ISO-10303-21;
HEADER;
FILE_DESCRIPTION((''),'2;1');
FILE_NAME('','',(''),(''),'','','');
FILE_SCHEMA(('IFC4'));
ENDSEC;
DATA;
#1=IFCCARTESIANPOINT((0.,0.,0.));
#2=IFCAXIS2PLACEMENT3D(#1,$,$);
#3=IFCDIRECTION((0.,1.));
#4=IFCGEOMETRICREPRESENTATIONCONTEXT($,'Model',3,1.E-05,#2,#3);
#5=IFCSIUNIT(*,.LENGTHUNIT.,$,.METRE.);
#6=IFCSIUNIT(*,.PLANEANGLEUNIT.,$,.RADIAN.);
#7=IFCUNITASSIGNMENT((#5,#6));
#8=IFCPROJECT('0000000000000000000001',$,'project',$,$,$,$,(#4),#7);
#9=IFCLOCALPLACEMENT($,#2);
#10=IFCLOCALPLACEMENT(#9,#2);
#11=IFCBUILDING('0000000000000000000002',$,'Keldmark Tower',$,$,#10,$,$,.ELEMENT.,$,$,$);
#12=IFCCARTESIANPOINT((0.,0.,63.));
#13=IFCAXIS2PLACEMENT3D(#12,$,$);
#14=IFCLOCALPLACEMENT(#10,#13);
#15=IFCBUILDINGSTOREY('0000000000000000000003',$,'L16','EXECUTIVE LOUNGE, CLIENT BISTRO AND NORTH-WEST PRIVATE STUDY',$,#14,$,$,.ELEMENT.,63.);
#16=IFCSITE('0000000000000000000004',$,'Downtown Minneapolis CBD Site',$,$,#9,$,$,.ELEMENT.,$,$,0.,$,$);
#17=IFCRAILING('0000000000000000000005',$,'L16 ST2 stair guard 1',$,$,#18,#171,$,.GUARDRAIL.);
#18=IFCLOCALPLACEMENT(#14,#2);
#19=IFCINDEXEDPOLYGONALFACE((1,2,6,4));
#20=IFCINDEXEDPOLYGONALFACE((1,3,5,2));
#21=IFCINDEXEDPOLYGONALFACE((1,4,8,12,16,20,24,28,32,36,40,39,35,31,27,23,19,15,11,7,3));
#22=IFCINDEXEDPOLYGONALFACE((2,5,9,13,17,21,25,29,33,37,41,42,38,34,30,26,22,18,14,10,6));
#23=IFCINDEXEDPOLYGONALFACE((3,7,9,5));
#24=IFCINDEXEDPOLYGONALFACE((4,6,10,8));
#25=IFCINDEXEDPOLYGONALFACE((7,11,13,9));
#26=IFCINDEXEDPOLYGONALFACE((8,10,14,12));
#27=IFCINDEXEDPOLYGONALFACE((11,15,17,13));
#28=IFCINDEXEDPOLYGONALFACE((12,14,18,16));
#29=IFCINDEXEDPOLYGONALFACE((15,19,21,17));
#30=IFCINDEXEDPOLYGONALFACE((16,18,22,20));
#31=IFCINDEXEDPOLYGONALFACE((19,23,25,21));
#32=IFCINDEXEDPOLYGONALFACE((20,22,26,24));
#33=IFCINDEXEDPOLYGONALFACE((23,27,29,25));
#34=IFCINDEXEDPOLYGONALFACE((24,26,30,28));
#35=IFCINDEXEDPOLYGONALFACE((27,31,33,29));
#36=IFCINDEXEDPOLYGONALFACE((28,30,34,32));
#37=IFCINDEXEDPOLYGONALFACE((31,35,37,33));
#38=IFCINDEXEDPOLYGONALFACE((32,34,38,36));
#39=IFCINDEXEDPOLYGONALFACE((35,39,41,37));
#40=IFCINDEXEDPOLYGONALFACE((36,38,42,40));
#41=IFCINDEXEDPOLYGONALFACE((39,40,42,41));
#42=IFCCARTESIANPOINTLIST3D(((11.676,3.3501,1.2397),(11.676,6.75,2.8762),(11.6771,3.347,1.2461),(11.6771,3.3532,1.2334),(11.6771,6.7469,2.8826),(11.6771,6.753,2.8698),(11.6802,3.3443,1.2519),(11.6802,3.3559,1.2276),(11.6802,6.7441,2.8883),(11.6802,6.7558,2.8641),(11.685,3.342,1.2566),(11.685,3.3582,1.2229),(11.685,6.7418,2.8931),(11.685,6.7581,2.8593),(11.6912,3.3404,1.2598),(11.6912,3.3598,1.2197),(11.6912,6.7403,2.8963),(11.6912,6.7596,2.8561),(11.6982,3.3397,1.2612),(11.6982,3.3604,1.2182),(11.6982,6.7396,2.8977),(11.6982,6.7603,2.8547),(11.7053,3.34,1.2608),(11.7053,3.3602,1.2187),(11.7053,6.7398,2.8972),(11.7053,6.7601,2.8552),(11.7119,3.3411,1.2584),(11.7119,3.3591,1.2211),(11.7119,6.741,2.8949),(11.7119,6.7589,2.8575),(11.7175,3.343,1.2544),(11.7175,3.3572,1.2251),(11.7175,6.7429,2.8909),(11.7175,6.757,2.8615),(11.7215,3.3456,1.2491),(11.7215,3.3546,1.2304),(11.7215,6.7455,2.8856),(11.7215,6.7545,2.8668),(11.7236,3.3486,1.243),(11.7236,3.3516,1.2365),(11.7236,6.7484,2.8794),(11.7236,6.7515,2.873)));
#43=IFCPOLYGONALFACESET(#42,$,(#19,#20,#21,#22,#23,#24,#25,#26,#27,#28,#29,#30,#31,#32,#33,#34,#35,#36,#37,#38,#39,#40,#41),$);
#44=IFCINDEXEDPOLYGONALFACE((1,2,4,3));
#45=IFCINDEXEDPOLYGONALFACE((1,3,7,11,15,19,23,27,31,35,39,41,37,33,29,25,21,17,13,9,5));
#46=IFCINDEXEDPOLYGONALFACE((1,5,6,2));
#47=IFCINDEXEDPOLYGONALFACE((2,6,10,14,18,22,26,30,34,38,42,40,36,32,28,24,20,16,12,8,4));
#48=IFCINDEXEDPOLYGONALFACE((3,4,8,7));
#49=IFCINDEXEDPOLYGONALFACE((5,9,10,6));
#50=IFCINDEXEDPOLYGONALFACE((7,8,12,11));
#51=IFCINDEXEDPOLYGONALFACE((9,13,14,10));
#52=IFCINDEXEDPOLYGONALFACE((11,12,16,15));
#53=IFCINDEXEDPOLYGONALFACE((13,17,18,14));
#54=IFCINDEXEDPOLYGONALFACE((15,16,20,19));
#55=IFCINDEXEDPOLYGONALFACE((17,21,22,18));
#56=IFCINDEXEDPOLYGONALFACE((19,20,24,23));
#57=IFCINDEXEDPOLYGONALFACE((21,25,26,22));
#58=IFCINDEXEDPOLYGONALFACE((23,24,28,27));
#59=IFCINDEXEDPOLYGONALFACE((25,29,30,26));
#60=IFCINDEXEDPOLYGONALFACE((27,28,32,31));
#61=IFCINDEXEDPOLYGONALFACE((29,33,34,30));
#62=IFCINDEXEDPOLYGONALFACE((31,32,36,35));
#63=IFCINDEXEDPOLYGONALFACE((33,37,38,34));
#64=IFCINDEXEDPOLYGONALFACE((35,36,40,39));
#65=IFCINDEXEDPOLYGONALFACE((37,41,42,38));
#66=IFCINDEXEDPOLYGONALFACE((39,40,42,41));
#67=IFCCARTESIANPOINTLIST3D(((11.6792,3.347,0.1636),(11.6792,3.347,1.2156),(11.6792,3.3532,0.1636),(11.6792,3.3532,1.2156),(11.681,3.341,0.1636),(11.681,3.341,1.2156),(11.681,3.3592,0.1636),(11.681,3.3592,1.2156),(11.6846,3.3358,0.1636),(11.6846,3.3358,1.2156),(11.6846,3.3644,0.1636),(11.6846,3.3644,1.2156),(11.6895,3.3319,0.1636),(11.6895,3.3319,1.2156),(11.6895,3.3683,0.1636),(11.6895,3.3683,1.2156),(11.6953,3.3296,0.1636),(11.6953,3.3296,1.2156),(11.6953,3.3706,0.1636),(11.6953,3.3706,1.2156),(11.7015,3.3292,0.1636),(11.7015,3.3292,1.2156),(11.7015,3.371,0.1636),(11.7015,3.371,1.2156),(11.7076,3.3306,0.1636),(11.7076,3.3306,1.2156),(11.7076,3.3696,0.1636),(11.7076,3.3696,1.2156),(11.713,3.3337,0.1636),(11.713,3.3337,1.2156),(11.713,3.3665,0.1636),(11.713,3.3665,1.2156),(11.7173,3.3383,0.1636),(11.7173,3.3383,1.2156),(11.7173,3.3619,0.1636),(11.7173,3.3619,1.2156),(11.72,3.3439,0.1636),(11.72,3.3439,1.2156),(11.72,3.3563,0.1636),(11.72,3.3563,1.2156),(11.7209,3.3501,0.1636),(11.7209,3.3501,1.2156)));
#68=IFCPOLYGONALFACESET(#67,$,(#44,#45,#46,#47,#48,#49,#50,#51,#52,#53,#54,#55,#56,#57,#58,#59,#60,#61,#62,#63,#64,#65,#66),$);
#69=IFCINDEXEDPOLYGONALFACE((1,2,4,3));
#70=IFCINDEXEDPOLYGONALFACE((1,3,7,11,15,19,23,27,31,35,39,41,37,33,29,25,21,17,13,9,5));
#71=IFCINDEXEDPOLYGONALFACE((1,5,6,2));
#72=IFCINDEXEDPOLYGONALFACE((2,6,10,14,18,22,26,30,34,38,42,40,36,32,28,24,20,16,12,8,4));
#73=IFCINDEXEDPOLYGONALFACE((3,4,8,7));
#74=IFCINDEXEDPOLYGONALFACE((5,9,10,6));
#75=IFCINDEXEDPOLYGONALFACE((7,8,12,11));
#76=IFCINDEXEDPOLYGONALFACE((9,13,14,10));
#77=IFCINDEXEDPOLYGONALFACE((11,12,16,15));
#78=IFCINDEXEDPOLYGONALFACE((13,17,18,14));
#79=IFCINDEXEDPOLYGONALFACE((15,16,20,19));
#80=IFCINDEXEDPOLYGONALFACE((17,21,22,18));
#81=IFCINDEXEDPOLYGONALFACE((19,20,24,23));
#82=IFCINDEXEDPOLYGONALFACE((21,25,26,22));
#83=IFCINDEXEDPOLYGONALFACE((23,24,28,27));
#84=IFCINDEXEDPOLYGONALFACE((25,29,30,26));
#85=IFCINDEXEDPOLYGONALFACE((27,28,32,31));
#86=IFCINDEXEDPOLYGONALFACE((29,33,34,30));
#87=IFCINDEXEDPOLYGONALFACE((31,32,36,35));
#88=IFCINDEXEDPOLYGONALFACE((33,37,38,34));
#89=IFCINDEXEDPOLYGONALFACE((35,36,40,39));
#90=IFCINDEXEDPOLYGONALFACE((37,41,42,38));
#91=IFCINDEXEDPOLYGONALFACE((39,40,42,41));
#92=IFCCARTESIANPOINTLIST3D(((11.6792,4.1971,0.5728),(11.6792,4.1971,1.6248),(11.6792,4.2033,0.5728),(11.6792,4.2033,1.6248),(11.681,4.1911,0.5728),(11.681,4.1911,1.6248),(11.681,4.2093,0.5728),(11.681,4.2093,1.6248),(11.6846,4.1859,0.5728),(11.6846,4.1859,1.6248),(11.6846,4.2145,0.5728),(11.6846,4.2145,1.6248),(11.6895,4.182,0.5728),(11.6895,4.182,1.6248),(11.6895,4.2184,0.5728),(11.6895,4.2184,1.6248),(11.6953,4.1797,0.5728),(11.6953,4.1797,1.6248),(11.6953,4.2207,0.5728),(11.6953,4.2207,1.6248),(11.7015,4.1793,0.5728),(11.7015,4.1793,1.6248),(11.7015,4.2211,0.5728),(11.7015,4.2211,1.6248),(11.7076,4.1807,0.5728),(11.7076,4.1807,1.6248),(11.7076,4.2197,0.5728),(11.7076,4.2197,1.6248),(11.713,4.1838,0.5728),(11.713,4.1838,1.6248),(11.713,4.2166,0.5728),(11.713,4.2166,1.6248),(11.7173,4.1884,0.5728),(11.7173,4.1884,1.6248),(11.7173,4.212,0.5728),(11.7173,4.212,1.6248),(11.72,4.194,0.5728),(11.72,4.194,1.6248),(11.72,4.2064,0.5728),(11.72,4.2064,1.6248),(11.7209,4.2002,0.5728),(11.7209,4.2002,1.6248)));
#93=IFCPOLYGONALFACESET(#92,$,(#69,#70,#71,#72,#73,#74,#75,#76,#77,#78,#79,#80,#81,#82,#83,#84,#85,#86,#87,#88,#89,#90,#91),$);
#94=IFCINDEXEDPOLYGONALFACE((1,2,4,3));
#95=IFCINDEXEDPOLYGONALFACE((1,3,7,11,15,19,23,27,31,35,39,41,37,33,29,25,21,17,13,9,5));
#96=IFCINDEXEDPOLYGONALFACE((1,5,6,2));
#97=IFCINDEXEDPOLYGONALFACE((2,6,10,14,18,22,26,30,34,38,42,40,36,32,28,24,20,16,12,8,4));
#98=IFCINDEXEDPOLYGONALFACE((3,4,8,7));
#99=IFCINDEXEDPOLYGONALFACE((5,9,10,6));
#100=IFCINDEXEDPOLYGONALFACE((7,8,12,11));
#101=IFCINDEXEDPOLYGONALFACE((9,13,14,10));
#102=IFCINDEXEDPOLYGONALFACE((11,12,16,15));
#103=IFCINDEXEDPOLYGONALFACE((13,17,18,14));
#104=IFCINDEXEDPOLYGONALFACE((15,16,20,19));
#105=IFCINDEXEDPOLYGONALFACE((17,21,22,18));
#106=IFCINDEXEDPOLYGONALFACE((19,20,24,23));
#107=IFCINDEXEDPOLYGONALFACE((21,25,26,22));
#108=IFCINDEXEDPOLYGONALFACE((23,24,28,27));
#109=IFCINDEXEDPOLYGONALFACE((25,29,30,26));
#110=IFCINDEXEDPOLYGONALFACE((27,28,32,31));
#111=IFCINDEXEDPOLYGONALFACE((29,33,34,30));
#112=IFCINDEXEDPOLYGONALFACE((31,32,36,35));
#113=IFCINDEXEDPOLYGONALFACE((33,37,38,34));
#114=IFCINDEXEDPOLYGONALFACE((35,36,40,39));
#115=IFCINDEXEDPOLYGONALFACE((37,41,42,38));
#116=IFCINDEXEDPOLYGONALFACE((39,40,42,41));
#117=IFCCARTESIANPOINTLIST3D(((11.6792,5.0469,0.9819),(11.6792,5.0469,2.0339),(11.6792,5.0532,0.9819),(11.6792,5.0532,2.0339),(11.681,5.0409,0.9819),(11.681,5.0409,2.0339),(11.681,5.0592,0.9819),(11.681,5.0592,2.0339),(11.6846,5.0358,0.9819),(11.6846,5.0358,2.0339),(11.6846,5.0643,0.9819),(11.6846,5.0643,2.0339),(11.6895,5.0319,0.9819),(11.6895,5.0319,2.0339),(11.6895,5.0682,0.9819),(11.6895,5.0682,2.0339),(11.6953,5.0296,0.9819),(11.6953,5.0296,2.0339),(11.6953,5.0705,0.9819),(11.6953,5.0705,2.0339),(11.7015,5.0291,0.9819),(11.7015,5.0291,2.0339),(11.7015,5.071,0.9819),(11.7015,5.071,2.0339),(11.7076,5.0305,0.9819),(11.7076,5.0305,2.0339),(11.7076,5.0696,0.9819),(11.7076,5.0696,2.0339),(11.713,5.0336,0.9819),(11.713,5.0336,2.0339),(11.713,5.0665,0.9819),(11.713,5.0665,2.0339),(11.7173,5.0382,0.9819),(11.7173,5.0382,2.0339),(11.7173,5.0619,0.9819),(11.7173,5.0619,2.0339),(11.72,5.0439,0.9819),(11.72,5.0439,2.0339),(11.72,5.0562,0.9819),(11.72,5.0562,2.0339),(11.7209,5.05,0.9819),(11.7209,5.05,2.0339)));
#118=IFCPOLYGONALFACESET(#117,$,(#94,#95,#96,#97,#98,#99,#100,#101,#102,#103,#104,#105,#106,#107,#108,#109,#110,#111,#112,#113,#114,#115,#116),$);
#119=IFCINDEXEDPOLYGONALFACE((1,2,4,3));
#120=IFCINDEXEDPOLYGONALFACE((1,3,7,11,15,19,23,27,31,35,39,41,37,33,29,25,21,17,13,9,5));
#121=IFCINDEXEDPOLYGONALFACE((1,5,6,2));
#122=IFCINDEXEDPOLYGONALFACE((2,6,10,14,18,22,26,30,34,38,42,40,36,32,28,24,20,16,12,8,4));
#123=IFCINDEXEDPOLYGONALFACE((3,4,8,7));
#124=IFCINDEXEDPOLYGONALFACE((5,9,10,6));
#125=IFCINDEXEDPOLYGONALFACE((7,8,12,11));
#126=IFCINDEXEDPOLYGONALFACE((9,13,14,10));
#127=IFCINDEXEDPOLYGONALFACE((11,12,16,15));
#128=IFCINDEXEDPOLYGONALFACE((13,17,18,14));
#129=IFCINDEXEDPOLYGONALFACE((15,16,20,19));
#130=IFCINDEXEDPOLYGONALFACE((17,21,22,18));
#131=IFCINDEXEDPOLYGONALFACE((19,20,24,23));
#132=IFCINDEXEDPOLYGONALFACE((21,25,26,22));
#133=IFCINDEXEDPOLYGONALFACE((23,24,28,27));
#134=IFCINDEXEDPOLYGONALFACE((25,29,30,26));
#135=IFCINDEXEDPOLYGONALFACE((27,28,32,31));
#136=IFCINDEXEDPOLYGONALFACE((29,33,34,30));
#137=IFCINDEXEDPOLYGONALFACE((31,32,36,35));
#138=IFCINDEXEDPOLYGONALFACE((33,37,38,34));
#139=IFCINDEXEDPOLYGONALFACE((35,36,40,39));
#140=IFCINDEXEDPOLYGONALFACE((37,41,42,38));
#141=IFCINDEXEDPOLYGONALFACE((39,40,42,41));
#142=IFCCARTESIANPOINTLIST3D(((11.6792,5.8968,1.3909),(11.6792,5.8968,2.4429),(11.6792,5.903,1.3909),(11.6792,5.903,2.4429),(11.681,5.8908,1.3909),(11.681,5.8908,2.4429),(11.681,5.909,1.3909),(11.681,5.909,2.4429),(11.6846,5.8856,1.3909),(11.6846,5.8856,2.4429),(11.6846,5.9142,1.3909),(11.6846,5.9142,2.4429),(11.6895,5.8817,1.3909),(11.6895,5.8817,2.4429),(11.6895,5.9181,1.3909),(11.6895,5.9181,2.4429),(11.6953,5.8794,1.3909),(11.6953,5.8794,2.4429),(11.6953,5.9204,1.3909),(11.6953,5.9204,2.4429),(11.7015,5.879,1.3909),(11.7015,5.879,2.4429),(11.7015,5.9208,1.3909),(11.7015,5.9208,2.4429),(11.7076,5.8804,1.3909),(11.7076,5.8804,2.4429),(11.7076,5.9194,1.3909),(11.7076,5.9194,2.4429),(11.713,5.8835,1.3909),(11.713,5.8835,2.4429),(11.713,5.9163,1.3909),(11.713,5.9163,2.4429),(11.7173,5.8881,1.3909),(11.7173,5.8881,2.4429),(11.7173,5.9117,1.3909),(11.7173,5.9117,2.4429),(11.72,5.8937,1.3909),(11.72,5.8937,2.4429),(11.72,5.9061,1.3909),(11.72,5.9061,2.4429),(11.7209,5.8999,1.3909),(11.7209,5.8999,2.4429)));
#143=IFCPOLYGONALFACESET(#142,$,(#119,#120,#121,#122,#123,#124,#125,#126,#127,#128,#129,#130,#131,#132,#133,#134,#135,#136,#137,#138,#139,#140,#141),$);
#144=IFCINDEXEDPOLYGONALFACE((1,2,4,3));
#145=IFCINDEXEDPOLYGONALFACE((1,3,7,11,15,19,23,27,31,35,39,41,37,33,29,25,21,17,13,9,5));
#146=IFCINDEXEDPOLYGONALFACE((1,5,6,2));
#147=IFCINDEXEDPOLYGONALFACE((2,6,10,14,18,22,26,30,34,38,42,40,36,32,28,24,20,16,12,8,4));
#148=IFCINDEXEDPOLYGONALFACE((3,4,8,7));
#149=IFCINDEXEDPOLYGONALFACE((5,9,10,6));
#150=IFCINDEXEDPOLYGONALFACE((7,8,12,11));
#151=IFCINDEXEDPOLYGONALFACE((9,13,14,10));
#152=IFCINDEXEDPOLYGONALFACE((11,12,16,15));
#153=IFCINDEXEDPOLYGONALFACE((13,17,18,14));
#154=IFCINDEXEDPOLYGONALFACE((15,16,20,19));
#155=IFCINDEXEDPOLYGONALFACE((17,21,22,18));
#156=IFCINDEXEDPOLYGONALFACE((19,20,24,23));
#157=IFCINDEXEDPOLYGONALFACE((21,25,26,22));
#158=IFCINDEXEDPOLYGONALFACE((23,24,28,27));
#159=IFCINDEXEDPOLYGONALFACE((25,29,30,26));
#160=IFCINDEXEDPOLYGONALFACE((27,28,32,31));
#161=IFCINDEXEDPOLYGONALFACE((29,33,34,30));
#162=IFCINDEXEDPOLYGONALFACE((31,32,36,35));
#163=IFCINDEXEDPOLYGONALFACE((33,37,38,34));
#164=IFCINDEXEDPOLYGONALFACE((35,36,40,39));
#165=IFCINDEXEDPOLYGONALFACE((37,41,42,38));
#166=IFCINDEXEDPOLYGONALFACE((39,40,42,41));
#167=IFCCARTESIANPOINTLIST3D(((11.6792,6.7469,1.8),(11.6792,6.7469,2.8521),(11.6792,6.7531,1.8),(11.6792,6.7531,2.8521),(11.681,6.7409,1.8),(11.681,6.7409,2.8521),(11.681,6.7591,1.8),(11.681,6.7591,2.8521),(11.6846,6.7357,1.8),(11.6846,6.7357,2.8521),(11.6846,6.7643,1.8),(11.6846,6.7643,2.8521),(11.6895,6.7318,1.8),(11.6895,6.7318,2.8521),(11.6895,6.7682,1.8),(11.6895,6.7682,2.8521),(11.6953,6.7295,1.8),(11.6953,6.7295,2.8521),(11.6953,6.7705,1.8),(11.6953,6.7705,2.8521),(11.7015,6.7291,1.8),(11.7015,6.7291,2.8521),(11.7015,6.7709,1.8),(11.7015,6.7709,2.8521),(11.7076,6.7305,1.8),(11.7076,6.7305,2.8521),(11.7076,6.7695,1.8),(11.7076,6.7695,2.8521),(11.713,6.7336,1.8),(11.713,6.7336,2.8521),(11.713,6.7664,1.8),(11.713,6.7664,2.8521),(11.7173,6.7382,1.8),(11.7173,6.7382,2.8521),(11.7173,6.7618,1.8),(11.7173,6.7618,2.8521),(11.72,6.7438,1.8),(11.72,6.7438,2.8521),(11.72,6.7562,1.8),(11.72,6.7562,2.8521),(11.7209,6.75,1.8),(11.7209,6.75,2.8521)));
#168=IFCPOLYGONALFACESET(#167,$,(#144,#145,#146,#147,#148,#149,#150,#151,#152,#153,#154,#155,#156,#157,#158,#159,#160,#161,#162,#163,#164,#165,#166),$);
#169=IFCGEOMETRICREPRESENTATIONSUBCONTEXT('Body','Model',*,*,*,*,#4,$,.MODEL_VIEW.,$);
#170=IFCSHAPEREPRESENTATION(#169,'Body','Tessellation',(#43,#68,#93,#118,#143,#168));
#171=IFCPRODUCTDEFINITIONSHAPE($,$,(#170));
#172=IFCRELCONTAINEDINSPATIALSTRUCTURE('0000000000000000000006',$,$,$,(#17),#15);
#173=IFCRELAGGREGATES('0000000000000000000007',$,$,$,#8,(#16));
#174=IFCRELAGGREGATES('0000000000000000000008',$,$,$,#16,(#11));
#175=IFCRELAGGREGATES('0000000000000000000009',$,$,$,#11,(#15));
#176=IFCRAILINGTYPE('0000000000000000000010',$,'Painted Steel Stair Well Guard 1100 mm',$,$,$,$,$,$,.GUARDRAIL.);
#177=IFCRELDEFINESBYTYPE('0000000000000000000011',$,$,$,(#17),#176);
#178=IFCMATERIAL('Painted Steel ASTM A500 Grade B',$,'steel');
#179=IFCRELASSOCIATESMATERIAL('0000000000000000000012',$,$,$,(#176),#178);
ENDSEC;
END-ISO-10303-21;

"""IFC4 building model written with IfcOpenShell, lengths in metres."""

from ifc_helpers import new_model, si_unit, direction, frame, origin, origin_2d, place, context, subcontext, project, spatial, circle, extrude, material, type_object, element, save


model = new_model("IFC4")

# Units and contexts
model_context = context("Model", 3, precision=1e-05, world=origin(), true_north=direction((0.0, 1.0)))
body_context = subcontext(model_context, "Body", "Model", "MODEL_VIEW")
ifc_project = project(units=[si_unit("LENGTHUNIT", "METRE"), si_unit("PLANEANGLEUNIT", "RADIAN")], contexts=[model_context])

# Site, building, storey
site_placement = place(None, origin())
site = spatial("IfcSite", under=ifc_project, at=site_placement, Name="Downtown Minneapolis CBD Site", CompositionType="ELEMENT", RefElevation=0.0)
building_placement = place(site_placement, origin())
building = spatial("IfcBuilding", under=site, at=building_placement, Name="Keldmark Tower", CompositionType="ELEMENT")
storey_placement = place(building_placement, frame((0.0, 0.0, 63.0)))
storey = spatial("IfcBuildingStorey", under=building, at=storey_placement, Name="L16", Description="EXECUTIVE LOUNGE, CLIENT BISTRO AND NORTH-WEST PRIVATE STUDY", CompositionType="ELEMENT", Elevation=63.0)

# Railing
ifc_material_1 = material(Name="Painted Steel ASTM A500 Grade B", Category="steel")
railing_type_1 = type_object("IfcRailingType", Name="Painted Steel Stair Well Guard 1100 mm", PredefinedType="GUARDRAIL", material=ifc_material_1)
railing_1_placement = place(storey_placement, frame((11.7, 3.3501, 0.1636)))
element("IfcRailing", 1, at=railing_1_placement, inside=storey, type_object=railing_type_1, Name="L16 ST2 stair guard 1", PredefinedType="GUARDRAIL", context=body_context, shape_type="SweptSolid", body=[
    extrude(circle(Radius=0.0239, at=origin_2d()), frame((0.0, 0.0, 1.0762), z_axis=(0.0, 0.901055, 0.433705), x_axis=(-1.0, 0.0, 0.0)), (0.0, 0.0, 1.0), 3.7732),
    extrude(circle(Radius=0.021, at=origin_2d()), origin(), (0.0, 0.0, 1.0), 1.052),
    extrude(circle(Radius=0.021, at=origin_2d()), frame((0.0, 0.8501, 0.4092)), (0.0, 0.0, 1.0), 1.052),
    extrude(circle(Radius=0.021, at=origin_2d()), frame((0.0, 1.7, 0.8184)), (0.0, 0.0, 1.0), 1.052),
    extrude(circle(Radius=0.021, at=origin_2d()), frame((0.0, 2.5498, 1.2273)), (0.0, 0.0, 1.0), 1.052),
    extrude(circle(Radius=0.021, at=origin_2d()), frame((0.0, 3.3999, 1.6365)), (0.0, 0.0, 1.0), 1.052),
])

save(model, "model.ifc")
